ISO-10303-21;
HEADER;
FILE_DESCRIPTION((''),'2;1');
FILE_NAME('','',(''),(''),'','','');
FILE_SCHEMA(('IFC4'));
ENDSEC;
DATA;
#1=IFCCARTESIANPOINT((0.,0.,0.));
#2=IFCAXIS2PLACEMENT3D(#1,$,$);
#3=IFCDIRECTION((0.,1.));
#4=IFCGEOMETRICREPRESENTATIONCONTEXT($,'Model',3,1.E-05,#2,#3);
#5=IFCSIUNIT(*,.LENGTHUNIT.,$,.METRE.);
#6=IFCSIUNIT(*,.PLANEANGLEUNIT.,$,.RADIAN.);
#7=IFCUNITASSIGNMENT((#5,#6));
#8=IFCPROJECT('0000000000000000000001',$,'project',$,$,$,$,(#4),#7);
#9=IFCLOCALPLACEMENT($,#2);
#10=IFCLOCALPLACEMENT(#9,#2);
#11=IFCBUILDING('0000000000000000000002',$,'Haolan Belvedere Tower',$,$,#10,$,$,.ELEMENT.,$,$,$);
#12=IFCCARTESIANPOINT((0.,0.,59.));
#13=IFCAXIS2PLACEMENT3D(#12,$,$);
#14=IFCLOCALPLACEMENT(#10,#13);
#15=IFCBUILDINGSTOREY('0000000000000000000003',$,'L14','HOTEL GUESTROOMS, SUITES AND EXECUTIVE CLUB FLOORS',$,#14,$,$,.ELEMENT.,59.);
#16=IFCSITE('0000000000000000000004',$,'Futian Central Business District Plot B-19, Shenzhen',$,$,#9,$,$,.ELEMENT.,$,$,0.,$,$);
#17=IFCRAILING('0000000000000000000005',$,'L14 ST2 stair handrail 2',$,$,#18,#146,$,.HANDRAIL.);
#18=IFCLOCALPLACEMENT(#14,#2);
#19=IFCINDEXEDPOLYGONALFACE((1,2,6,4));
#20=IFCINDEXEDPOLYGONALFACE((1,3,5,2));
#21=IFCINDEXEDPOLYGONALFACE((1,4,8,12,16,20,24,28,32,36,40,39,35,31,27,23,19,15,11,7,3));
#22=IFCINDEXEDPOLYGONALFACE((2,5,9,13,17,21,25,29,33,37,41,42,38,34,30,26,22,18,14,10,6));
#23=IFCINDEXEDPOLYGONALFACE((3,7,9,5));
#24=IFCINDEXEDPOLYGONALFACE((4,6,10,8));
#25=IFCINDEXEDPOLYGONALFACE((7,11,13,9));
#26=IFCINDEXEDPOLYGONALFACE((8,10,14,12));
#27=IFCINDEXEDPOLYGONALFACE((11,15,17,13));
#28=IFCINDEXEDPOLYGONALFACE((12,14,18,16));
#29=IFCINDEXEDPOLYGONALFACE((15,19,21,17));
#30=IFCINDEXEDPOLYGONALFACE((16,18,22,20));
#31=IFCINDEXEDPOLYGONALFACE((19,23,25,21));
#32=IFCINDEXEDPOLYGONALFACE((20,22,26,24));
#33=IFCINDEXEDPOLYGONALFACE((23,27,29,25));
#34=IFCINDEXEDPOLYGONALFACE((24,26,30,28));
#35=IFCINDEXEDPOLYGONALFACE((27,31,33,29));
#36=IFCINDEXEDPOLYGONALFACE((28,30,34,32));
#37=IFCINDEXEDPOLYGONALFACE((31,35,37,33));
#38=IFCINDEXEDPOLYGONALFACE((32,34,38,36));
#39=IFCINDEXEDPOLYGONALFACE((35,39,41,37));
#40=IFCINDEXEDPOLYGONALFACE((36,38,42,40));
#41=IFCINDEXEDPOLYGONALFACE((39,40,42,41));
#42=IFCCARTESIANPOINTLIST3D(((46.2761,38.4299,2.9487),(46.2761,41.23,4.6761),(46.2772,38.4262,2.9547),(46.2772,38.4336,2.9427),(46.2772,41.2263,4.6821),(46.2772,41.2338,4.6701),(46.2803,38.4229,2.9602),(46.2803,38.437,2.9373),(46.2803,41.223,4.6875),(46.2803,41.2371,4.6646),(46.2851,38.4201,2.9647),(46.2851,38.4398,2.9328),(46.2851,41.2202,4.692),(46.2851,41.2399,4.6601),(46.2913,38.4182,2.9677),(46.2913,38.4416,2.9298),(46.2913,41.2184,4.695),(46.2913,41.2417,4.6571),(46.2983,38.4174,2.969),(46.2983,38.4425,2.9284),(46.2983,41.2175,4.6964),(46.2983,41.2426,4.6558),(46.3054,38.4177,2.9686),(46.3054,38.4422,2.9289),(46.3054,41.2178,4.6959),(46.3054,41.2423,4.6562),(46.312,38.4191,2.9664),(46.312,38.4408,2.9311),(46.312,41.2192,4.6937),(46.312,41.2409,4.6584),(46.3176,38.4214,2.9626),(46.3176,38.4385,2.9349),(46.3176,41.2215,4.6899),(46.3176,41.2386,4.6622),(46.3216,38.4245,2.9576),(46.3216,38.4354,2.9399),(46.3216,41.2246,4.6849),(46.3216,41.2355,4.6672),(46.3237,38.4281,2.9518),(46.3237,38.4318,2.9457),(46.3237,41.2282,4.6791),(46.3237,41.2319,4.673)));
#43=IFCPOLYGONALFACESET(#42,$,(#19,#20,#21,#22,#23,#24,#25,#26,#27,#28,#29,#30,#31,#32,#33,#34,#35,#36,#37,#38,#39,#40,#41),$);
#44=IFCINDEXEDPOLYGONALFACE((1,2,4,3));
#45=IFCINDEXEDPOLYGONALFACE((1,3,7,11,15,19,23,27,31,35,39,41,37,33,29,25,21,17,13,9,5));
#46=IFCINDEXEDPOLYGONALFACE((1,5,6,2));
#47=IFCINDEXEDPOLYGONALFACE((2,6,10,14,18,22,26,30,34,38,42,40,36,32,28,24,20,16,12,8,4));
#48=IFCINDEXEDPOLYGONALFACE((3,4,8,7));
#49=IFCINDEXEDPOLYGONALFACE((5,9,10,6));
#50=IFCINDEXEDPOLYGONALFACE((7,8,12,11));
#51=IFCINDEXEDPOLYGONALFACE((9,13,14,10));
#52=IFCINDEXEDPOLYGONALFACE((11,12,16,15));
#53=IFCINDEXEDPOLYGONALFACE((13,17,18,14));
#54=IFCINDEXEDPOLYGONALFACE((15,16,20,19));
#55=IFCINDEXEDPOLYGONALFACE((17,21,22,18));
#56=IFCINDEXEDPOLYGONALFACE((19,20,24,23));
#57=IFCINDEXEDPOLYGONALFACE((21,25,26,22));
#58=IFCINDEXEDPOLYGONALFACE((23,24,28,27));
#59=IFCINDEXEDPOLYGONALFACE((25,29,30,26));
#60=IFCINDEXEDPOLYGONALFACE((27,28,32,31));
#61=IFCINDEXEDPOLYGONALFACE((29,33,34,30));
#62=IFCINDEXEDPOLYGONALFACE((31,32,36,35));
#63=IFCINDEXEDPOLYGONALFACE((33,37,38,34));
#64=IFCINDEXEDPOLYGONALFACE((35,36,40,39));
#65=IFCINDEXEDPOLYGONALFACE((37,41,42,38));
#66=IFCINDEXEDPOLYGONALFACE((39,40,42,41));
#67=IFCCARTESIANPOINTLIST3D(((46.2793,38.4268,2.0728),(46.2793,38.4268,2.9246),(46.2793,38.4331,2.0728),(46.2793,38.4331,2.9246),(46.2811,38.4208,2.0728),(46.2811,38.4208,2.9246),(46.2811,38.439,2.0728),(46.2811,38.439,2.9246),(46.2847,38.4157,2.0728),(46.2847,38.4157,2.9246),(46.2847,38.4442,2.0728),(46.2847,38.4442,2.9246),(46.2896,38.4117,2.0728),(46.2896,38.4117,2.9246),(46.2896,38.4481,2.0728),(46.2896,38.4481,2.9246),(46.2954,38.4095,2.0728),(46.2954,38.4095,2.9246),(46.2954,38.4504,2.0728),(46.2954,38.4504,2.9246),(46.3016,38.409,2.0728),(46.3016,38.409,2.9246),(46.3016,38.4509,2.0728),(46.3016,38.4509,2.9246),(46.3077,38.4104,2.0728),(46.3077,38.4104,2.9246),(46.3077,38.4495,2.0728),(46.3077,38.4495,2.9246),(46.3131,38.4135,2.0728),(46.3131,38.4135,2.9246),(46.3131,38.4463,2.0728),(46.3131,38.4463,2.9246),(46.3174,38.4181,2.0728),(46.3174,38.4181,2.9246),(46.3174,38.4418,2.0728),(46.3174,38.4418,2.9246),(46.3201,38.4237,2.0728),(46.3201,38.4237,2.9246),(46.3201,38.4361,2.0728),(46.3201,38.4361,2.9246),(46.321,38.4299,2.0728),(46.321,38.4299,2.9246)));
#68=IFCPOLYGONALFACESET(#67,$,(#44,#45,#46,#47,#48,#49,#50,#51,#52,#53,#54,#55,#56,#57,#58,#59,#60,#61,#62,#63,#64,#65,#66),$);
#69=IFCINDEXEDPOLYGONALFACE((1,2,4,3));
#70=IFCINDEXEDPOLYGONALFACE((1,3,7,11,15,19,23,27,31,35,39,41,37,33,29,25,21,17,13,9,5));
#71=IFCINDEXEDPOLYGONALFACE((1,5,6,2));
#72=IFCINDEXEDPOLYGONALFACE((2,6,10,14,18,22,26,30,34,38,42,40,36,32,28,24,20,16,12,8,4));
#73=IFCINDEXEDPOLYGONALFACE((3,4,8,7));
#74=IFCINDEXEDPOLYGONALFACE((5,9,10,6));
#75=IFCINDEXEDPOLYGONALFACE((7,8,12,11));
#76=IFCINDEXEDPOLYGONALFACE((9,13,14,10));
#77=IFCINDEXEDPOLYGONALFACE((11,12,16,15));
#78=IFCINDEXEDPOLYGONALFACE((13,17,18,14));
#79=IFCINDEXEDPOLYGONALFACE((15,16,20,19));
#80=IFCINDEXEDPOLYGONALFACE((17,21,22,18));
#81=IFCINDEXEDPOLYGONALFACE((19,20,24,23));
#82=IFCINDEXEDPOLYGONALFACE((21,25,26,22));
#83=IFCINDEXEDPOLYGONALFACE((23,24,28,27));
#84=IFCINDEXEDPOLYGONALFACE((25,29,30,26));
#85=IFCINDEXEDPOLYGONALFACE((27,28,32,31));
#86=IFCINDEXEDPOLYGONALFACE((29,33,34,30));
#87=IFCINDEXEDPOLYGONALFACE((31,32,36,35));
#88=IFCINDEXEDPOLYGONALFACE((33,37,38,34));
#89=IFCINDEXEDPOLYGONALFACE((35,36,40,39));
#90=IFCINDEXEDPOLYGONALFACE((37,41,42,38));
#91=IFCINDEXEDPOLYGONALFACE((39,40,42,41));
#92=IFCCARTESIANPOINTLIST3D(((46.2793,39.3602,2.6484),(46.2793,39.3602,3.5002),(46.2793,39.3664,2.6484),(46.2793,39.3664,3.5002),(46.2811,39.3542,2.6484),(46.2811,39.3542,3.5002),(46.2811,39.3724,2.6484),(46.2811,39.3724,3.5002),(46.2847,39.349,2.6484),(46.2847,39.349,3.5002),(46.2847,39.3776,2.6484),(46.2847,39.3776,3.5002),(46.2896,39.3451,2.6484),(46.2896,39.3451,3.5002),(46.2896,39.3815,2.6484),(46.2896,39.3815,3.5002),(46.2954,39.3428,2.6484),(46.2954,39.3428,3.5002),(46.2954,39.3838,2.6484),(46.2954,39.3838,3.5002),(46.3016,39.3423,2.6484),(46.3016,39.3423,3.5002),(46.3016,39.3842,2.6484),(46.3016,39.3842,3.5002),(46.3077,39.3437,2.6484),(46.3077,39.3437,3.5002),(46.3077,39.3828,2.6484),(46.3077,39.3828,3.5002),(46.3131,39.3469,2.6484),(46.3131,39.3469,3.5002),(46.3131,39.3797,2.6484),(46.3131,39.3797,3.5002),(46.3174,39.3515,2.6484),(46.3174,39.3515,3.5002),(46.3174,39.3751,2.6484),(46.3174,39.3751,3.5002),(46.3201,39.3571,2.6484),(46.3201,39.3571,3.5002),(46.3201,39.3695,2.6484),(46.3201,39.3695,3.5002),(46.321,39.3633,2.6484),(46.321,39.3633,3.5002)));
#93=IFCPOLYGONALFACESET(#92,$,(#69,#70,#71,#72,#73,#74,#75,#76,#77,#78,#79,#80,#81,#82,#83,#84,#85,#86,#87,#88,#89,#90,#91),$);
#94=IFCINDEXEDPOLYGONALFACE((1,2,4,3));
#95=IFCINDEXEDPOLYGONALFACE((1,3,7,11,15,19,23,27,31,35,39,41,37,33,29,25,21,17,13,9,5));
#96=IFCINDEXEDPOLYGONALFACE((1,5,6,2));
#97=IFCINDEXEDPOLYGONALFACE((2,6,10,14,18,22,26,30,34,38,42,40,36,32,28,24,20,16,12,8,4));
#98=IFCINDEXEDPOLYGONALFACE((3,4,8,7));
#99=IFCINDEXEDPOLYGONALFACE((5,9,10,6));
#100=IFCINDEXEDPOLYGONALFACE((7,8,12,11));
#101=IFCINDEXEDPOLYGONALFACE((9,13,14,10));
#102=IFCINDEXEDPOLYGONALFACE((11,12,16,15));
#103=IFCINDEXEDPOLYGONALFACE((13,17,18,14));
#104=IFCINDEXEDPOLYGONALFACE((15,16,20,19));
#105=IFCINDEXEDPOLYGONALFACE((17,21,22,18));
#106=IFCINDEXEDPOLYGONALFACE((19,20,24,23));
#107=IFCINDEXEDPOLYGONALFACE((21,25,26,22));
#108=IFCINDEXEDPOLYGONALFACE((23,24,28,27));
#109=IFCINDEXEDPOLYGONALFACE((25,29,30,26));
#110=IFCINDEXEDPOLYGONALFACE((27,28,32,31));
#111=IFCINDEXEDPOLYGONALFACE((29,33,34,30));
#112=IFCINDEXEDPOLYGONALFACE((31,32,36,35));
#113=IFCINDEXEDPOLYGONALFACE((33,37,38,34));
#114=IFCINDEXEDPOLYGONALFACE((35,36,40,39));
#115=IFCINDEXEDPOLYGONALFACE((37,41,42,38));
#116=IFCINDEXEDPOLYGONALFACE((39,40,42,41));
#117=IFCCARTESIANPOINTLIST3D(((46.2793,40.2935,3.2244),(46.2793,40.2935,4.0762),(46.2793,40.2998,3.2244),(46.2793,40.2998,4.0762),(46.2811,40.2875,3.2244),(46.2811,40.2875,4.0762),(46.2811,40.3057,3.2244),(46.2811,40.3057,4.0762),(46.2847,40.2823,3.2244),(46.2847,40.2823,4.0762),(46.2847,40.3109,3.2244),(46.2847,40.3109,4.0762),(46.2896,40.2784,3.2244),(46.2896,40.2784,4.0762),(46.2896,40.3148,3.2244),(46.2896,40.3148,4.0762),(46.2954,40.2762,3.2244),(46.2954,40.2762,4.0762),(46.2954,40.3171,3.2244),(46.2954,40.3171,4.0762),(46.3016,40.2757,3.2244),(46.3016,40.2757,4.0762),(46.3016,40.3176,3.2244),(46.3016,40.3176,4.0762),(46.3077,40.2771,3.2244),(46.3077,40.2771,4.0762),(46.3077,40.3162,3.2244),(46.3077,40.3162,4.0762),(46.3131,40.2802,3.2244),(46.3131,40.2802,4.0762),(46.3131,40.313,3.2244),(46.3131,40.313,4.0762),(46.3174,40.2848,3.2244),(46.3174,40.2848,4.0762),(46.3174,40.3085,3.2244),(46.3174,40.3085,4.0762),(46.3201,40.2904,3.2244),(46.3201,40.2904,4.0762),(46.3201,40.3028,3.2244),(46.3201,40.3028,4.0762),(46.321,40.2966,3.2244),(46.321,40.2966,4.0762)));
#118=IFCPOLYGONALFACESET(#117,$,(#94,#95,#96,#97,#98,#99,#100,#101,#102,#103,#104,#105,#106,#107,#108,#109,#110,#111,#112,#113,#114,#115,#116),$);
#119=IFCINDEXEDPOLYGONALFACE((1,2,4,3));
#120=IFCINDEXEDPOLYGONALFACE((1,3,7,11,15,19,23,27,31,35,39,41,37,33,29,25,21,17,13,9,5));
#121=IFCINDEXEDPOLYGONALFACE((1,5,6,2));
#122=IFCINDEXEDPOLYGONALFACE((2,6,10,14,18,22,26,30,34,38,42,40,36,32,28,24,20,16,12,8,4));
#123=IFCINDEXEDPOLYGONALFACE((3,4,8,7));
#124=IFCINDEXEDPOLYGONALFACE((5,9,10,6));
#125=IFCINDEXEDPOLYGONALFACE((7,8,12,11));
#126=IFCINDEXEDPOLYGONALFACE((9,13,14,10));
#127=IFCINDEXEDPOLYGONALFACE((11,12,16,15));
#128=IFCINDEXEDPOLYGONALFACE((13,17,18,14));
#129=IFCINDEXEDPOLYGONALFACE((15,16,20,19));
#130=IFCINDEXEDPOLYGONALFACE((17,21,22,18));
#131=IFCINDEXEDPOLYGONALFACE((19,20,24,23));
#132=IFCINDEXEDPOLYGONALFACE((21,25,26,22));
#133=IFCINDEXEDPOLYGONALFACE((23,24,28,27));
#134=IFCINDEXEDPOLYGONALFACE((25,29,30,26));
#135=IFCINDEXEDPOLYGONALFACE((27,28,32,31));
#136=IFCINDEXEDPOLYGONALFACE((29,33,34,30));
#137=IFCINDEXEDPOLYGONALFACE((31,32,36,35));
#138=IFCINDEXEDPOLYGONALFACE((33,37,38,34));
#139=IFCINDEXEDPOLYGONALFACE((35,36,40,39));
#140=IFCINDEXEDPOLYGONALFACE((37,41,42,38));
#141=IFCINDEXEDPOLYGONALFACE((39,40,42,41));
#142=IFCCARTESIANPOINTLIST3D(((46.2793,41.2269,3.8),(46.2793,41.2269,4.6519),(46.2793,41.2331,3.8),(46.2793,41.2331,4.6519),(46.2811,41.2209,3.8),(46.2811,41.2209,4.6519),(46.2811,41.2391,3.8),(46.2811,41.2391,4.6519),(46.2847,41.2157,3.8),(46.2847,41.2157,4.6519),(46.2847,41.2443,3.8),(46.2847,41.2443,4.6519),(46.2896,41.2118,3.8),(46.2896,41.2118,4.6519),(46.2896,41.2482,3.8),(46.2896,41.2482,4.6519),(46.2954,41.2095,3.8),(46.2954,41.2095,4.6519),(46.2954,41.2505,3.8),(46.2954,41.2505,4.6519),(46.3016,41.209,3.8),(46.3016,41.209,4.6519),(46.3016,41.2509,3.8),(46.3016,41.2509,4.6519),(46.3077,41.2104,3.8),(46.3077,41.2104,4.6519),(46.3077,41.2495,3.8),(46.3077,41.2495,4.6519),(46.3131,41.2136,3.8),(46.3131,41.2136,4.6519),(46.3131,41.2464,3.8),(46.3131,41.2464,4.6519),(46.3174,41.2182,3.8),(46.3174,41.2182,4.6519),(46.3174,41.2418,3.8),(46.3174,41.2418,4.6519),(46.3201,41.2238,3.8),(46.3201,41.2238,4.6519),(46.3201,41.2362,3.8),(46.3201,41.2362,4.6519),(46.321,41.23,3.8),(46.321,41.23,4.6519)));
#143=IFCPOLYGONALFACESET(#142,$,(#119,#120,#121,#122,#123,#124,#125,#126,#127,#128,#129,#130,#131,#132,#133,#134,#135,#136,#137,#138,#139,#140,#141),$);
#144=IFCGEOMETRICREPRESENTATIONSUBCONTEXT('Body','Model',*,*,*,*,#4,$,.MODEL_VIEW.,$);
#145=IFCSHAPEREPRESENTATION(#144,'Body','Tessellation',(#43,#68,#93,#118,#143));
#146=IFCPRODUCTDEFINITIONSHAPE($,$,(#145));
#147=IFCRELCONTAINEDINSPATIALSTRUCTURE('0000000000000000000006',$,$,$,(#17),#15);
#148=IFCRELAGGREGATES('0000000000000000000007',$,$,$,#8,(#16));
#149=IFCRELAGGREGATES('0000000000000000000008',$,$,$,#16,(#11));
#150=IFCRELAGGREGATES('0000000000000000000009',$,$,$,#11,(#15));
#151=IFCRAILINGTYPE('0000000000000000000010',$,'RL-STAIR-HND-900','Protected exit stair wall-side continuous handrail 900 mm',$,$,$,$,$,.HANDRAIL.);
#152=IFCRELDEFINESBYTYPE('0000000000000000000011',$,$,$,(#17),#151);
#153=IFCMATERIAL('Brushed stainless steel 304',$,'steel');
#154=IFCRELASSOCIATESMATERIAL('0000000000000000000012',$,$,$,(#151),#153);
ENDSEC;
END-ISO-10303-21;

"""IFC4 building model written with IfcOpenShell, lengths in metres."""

from ifc_helpers import new_model, si_unit, direction, frame, origin, origin_2d, place, context, subcontext, project, spatial, circle, extrude, material, type_object, element, save


model = new_model("IFC4")

# Units and contexts
model_context = context("Model", 3, precision=1e-05, world=origin(), true_north=direction((0.0, 1.0)))
body_context = subcontext(model_context, "Body", "Model", "MODEL_VIEW")
ifc_project = project(units=[si_unit("LENGTHUNIT", "METRE"), si_unit("PLANEANGLEUNIT", "RADIAN")], contexts=[model_context])

# Site, building, storey
site_placement = place(None, origin())
site = spatial("IfcSite", under=ifc_project, at=site_placement, Name="Futian Central Business District Plot B-19, Shenzhen", CompositionType="ELEMENT", RefElevation=0.0)
building_placement = place(site_placement, origin())
building = spatial("IfcBuilding", under=site, at=building_placement, Name="Haolan Belvedere Tower", CompositionType="ELEMENT")
storey_placement = place(building_placement, frame((0.0, 0.0, 59.0)))
storey = spatial("IfcBuildingStorey", under=building, at=storey_placement, Name="L14", Description="HOTEL GUESTROOMS, SUITES AND EXECUTIVE CLUB FLOORS", CompositionType="ELEMENT", Elevation=59.0)

# Railing
ifc_material_1 = material(Name="Brushed stainless steel 304", Category="steel")
railing_type_1 = type_object("IfcRailingType", Name="RL-STAIR-HND-900", Description="Protected exit stair wall-side continuous handrail 900 mm", PredefinedType="HANDRAIL", material=ifc_material_1)
railing_1_placement = place(storey_placement, frame((46.3, 38.4299, 2.0728)))
element("IfcRailing", 1, at=railing_1_placement, inside=storey, type_object=railing_type_1, Name="L14 ST2 stair handrail 2", PredefinedType="HANDRAIL", context=body_context, shape_type="SweptSolid", body=[
    extrude(circle(Radius=0.0239, at=origin_2d()), frame((0.0, 0.0, 0.876), z_axis=(0.0, 0.85109, 0.52502), x_axis=(-1.0, 0.0, 0.0)), (0.0, 0.0, 1.0), 3.29),
    extrude(circle(Radius=0.021, at=origin_2d()), origin(), (0.0, 0.0, 1.0), 0.8518),
    extrude(circle(Radius=0.021, at=origin_2d()), frame((0.0, 0.9333, 0.5757)), (0.0, 0.0, 1.0), 0.8518),
    extrude(circle(Radius=0.021, at=origin_2d()), frame((0.0, 1.8667, 1.1516)), (0.0, 0.0, 1.0), 0.8518),
    extrude(circle(Radius=0.021, at=origin_2d()), frame((0.0, 2.8, 1.7273)), (0.0, 0.0, 1.0), 0.8518),
])

save(model, "model.ifc")
